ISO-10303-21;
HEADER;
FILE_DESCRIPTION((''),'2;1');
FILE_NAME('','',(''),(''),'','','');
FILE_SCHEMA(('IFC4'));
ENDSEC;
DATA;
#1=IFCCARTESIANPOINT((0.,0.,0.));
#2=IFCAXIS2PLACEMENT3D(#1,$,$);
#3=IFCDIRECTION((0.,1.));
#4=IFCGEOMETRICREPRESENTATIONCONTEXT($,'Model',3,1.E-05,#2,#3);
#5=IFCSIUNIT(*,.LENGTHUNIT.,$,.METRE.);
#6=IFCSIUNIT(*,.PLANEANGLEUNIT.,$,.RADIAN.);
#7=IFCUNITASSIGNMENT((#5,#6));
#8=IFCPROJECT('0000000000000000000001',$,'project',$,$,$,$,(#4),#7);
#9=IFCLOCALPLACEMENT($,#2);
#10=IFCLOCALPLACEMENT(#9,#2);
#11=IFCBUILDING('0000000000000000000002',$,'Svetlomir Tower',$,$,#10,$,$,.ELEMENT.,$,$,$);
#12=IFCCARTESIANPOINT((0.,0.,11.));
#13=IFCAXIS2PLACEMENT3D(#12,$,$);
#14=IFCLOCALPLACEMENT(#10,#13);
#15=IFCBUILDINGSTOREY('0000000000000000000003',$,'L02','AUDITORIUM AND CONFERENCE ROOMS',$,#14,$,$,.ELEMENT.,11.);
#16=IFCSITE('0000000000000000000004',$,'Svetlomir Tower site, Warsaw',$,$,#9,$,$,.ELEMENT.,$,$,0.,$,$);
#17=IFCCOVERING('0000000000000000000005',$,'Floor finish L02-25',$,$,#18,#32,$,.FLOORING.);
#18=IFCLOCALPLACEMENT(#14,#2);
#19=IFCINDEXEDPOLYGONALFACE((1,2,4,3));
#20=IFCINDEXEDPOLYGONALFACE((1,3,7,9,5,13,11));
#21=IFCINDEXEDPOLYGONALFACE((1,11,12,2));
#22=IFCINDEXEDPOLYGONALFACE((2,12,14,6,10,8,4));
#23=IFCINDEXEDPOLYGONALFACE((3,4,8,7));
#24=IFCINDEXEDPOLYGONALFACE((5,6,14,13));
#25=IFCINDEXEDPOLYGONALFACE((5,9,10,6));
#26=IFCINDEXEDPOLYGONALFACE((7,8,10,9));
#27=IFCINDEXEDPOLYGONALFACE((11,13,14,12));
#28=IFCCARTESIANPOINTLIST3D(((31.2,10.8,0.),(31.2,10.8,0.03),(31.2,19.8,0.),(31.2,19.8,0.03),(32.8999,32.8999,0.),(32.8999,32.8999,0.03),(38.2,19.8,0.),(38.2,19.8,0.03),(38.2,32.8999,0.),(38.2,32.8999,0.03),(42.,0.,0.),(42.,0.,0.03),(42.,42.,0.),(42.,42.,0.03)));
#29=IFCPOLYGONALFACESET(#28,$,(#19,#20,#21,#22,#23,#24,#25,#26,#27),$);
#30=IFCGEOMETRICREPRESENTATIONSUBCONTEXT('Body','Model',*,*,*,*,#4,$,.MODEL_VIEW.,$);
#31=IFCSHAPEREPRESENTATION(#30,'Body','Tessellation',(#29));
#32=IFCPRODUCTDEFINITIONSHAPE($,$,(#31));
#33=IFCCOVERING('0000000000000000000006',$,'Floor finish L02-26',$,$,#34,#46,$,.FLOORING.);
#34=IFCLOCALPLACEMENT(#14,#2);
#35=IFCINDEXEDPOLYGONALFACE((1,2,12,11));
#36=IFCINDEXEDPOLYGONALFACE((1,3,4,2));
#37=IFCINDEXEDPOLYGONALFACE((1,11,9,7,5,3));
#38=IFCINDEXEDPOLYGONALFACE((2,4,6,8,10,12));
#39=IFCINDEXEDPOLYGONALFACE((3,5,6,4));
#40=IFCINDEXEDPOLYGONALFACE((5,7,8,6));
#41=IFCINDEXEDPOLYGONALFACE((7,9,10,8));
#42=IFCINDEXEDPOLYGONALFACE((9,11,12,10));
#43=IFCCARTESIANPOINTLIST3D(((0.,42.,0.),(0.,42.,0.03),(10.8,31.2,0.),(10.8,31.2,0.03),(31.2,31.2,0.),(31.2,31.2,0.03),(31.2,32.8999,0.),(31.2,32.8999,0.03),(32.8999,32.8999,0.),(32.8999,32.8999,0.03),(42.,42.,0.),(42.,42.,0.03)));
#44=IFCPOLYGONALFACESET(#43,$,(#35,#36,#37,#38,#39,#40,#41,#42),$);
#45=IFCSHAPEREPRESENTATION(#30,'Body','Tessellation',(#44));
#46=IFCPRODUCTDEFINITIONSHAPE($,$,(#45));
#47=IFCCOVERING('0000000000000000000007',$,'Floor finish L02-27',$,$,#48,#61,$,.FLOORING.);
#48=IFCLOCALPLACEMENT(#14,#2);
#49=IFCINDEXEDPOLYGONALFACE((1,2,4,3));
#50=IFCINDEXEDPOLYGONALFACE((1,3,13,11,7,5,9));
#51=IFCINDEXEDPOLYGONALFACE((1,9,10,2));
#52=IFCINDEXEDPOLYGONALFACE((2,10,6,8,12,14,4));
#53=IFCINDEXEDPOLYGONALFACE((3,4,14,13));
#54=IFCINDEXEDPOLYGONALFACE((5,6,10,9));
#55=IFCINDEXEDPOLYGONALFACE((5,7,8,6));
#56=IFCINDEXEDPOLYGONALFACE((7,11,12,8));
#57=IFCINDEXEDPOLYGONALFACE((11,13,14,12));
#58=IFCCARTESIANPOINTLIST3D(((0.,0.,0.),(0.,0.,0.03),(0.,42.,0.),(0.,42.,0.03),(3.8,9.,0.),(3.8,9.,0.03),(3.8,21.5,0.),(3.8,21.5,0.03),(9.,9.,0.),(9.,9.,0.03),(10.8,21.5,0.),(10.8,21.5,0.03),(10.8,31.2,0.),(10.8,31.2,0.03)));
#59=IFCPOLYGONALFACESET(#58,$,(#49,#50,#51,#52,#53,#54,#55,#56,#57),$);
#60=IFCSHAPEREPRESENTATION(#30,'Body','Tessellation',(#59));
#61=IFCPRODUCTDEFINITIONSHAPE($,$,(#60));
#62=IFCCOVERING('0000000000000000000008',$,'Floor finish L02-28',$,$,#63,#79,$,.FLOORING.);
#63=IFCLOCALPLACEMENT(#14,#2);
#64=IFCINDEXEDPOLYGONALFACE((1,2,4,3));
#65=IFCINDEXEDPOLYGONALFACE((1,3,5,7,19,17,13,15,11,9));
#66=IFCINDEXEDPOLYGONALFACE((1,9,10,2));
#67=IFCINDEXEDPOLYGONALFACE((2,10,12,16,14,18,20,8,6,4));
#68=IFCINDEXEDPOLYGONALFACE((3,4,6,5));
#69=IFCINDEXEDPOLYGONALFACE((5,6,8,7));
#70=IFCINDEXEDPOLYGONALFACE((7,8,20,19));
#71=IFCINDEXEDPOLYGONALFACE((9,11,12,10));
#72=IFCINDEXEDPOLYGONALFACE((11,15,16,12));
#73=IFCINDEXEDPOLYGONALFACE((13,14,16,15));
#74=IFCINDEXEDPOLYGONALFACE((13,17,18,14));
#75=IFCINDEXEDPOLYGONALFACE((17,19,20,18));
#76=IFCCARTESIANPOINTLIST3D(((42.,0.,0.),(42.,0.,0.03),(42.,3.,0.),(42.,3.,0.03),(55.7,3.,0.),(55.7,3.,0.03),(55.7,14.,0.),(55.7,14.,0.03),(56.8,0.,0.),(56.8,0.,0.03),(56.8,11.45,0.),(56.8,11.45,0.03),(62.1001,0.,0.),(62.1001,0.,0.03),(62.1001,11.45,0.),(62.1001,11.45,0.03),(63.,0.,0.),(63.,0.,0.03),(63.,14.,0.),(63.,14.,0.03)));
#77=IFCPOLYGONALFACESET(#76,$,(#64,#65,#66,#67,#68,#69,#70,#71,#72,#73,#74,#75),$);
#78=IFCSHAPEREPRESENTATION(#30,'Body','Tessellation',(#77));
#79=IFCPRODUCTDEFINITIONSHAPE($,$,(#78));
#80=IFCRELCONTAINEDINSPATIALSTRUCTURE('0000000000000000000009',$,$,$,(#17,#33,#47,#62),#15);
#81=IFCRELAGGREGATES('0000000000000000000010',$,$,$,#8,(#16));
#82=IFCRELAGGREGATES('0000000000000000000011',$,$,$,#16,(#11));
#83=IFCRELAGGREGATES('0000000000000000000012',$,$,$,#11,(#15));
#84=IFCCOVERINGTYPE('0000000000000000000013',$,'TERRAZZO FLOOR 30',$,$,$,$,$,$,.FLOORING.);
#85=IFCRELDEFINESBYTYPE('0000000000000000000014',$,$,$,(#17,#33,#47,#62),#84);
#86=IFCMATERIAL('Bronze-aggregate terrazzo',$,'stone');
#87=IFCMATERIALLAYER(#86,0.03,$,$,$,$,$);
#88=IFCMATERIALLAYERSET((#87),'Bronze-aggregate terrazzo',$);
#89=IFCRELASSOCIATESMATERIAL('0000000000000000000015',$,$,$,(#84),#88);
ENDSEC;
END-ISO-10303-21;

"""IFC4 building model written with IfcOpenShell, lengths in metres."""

from ifc_helpers import new_model, si_unit, direction, frame, origin, place, context, subcontext, project, spatial, polyline, outline, extrude, material, layer, layer_set, type_object, element, save


model = new_model("IFC4")

# Units and contexts
model_context = context("Model", 3, precision=1e-05, world=origin(), true_north=direction((0.0, 1.0)))
body_context = subcontext(model_context, "Body", "Model", "MODEL_VIEW")
ifc_project = project(units=[si_unit("LENGTHUNIT", "METRE"), si_unit("PLANEANGLEUNIT", "RADIAN")], contexts=[model_context])

# Site, building, storey
site_placement = place(None, origin())
site = spatial("IfcSite", under=ifc_project, at=site_placement, Name="Svetlomir Tower site, Warsaw", CompositionType="ELEMENT", RefElevation=0.0)
building_placement = place(site_placement, origin())
building = spatial("IfcBuilding", under=site, at=building_placement, Name="Svetlomir Tower", CompositionType="ELEMENT")
storey_placement = place(building_placement, frame((0.0, 0.0, 11.0)))
storey = spatial("IfcBuildingStorey", under=building, at=storey_placement, Name="L02", Description="AUDITORIUM AND CONFERENCE ROOMS", CompositionType="ELEMENT", Elevation=11.0)

# Coverings
ifc_material_1 = material(Name="Bronze-aggregate terrazzo", Category="stone")
ifc_layer_1 = layer(ifc_material_1, 0.03)
ifc_layer_set_1 = layer_set([ifc_layer_1], Name="Bronze-aggregate terrazzo")
covering_type_1 = type_object("IfcCoveringType", Name="TERRAZZO FLOOR 30", PredefinedType="FLOORING", material=ifc_layer_set_1)
covering_1_placement = place(storey_placement, origin())
element("IfcCovering", 1, at=covering_1_placement, inside=storey, type_object=covering_type_1, Name="Floor finish L02-25", PredefinedType="FLOORING", context=body_context, shape_type="SweptSolid", body=[
    extrude(outline(polyline([(42.0, 0.0), (31.2, 10.8), (31.2, 19.8), (38.2, 19.8), (38.2, 32.8999), (32.8999, 32.8999), (42.0, 42.0), (42.0, 0.0)])), origin(), (0.0, 0.0, 1.0), 0.03),
])
covering_2_placement = place(storey_placement, origin())
element("IfcCovering", 2, at=covering_2_placement, inside=storey, type_object=covering_type_1, Name="Floor finish L02-26", PredefinedType="FLOORING", context=body_context, shape_type="SweptSolid", body=[
    extrude(outline(polyline([(42.0, 42.0), (32.8999, 32.8999), (31.2, 32.8999), (31.2, 31.2), (10.8, 31.2), (0.0, 42.0), (42.0, 42.0)])), origin(), (0.0, 0.0, 1.0), 0.03),
])
covering_3_placement = place(storey_placement, origin())
element("IfcCovering", 3, at=covering_3_placement, inside=storey, type_object=covering_type_1, Name="Floor finish L02-27", PredefinedType="FLOORING", context=body_context, shape_type="SweptSolid", body=[
    extrude(outline(polyline([(0.0, 42.0), (10.8, 31.2), (10.8, 21.5), (3.8, 21.5), (3.8, 9.0), (9.0, 9.0), (0.0, 0.0), (0.0, 42.0)])), origin(), (0.0, 0.0, 1.0), 0.03),
])
covering_4_placement = place(storey_placement, origin())
element("IfcCovering", 4, at=covering_4_placement, inside=storey, type_object=covering_type_1, Name="Floor finish L02-28", PredefinedType="FLOORING", context=body_context, shape_type="SweptSolid", body=[
    extrude(outline(polyline([(42.0, 3.0), (55.7, 3.0), (55.7, 14.0), (63.0, 14.0), (63.0, 0.0), (62.1001, 0.0), (62.1001, 11.45), (56.8, 11.45), (56.8, 0.0), (42.0, 0.0), (42.0, 3.0)])), origin(), (0.0, 0.0, 1.0), 0.03),
])

save(model, "model.ifc")
